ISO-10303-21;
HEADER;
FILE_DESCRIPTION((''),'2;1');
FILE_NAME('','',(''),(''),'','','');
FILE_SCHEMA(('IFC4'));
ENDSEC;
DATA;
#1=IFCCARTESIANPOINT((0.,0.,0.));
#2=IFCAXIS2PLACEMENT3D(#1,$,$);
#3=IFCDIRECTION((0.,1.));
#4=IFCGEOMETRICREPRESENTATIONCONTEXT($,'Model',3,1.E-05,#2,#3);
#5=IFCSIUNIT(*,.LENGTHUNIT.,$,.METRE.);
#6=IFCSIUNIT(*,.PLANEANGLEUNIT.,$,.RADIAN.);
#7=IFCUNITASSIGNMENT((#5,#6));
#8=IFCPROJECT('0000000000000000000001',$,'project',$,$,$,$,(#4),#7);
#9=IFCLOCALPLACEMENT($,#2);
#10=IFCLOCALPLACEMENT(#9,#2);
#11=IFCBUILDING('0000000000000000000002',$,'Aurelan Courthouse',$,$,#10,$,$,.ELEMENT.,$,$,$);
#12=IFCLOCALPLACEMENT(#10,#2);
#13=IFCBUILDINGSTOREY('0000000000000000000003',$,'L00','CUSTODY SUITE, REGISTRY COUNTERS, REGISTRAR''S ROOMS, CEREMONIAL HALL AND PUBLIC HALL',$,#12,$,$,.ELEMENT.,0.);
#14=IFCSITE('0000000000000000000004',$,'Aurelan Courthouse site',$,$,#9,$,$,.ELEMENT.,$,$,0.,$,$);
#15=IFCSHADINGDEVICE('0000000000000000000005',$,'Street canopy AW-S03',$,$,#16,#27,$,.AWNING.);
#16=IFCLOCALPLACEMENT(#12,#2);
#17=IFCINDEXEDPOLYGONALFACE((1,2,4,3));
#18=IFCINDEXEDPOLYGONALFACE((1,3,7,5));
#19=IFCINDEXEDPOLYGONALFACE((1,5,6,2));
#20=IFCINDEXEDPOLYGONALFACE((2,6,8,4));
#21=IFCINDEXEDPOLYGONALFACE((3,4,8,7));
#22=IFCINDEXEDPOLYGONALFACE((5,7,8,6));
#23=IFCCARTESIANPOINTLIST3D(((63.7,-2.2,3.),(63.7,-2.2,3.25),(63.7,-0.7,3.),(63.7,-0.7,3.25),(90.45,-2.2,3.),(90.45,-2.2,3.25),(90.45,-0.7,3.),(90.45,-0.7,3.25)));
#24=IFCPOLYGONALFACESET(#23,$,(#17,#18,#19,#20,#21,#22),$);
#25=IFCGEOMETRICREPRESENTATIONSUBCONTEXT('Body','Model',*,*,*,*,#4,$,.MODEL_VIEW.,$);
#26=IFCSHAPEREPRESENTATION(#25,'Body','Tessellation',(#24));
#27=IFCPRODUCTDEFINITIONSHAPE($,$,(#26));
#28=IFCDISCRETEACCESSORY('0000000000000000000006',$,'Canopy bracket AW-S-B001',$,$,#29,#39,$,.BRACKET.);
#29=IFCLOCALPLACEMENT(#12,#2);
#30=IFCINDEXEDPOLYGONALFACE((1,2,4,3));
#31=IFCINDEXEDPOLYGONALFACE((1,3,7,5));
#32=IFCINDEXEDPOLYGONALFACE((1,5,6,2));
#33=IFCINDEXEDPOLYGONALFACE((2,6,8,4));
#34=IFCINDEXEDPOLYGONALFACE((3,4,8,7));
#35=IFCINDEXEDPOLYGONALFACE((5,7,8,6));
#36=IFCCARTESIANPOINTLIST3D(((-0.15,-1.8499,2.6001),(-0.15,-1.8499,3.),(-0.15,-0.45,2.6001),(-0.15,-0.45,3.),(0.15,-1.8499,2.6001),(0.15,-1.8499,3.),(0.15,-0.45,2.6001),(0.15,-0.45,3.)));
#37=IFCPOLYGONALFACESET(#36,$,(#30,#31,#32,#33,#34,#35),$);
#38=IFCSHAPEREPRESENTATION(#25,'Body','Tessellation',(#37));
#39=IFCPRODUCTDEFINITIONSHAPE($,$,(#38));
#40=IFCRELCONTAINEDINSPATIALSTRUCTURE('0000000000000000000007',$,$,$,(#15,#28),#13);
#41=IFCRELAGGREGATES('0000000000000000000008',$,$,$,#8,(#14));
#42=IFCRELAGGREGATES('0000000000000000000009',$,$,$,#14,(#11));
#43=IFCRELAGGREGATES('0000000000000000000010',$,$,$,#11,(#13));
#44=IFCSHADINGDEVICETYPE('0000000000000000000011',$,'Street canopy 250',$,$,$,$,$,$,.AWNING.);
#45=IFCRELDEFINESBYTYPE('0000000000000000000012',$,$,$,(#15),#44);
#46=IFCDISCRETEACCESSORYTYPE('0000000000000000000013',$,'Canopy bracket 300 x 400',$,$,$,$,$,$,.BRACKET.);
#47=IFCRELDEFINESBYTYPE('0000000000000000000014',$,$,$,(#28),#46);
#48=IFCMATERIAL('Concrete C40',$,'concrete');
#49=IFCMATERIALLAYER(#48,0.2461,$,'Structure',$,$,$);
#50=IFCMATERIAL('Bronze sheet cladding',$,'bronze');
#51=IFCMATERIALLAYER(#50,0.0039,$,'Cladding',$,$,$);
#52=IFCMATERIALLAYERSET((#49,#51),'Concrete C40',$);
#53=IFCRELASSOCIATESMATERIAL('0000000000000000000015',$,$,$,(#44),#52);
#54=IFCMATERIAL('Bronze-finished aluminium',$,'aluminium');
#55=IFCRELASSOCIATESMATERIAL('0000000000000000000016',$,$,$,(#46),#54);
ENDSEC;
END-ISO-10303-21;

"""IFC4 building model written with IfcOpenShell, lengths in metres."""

from ifc_helpers import new_model, si_unit, direction, frame, origin, origin_2d, place, context, subcontext, project, spatial, polyline, rectangle, outline, extrude, material, layer, layer_set, type_object, element, save


model = new_model("IFC4")

# Units and contexts
model_context = context("Model", 3, precision=1e-05, world=origin(), true_north=direction((0.0, 1.0)))
body_context = subcontext(model_context, "Body", "Model", "MODEL_VIEW")
ifc_project = project(units=[si_unit("LENGTHUNIT", "METRE"), si_unit("PLANEANGLEUNIT", "RADIAN")], contexts=[model_context])

# Site, building, storey
site_placement = place(None, origin())
site = spatial("IfcSite", under=ifc_project, at=site_placement, Name="Aurelan Courthouse site", CompositionType="ELEMENT", RefElevation=0.0)
building_placement = place(site_placement, origin())
building = spatial("IfcBuilding", under=site, at=building_placement, Name="Aurelan Courthouse", CompositionType="ELEMENT")
storey_placement = place(building_placement, origin())
storey = spatial("IfcBuildingStorey", under=building, at=storey_placement, Name="L00", Description="CUSTODY SUITE, REGISTRY COUNTERS, REGISTRAR'S ROOMS, CEREMONIAL HALL AND PUBLIC HALL", CompositionType="ELEMENT", Elevation=0.0)

# Shared definitions
ifc_material_1 = material(Name="Concrete C40", Category="concrete")

# Shading device
ifc_layer_1 = layer(ifc_material_1, 0.2461, Name="Structure")
ifc_material_2 = material(Name="Bronze sheet cladding", Category="bronze")
ifc_layer_2 = layer(ifc_material_2, 0.0039, Name="Cladding")
ifc_layer_set_1 = layer_set([ifc_layer_1, ifc_layer_2], Name="Concrete C40")
shading_device_type = type_object("IfcShadingDeviceType", Name="Street canopy 250", PredefinedType="AWNING", material=ifc_layer_set_1)
shading_device_1_placement = place(storey_placement, frame((0.0, 0.0, 3.0)))
element("IfcShadingDevice", 1, at=shading_device_1_placement, inside=storey, type_object=shading_device_type, Name="Street canopy AW-S03", PredefinedType="AWNING", context=body_context, shape_type="SweptSolid", body=[
    extrude(outline(polyline([(63.7, -0.7), (90.45, -0.7), (90.45, -2.2), (63.7, -2.2), (63.7, -0.7)])), origin(), (0.0, 0.0, 1.0), 0.25),
])

# Discrete accessory
ifc_material_3 = material(Name="Bronze-finished aluminium", Category="aluminium")
discrete_accessory_type = type_object("IfcDiscreteAccessoryType", Name="Canopy bracket 300 x 400", PredefinedType="BRACKET", material=ifc_material_3)
discrete_accessory_placement = place(storey_placement, frame((0.0, -1.1499, 2.6001), z_axis=(0.0, 0.0, 1.0), x_axis=(1.0, 0.0, 0.0)))
element("IfcDiscreteAccessory", 2, at=discrete_accessory_placement, inside=storey, type_object=discrete_accessory_type, Name="Canopy bracket AW-S-B001", PredefinedType="BRACKET", context=body_context, shape_type="SweptSolid", body=[
    extrude(rectangle(XDim=0.3, YDim=1.3999, at=origin_2d()), origin(), (0.0, 0.0, 1.0), 0.3999),
])

save(model, "model.ifc")
